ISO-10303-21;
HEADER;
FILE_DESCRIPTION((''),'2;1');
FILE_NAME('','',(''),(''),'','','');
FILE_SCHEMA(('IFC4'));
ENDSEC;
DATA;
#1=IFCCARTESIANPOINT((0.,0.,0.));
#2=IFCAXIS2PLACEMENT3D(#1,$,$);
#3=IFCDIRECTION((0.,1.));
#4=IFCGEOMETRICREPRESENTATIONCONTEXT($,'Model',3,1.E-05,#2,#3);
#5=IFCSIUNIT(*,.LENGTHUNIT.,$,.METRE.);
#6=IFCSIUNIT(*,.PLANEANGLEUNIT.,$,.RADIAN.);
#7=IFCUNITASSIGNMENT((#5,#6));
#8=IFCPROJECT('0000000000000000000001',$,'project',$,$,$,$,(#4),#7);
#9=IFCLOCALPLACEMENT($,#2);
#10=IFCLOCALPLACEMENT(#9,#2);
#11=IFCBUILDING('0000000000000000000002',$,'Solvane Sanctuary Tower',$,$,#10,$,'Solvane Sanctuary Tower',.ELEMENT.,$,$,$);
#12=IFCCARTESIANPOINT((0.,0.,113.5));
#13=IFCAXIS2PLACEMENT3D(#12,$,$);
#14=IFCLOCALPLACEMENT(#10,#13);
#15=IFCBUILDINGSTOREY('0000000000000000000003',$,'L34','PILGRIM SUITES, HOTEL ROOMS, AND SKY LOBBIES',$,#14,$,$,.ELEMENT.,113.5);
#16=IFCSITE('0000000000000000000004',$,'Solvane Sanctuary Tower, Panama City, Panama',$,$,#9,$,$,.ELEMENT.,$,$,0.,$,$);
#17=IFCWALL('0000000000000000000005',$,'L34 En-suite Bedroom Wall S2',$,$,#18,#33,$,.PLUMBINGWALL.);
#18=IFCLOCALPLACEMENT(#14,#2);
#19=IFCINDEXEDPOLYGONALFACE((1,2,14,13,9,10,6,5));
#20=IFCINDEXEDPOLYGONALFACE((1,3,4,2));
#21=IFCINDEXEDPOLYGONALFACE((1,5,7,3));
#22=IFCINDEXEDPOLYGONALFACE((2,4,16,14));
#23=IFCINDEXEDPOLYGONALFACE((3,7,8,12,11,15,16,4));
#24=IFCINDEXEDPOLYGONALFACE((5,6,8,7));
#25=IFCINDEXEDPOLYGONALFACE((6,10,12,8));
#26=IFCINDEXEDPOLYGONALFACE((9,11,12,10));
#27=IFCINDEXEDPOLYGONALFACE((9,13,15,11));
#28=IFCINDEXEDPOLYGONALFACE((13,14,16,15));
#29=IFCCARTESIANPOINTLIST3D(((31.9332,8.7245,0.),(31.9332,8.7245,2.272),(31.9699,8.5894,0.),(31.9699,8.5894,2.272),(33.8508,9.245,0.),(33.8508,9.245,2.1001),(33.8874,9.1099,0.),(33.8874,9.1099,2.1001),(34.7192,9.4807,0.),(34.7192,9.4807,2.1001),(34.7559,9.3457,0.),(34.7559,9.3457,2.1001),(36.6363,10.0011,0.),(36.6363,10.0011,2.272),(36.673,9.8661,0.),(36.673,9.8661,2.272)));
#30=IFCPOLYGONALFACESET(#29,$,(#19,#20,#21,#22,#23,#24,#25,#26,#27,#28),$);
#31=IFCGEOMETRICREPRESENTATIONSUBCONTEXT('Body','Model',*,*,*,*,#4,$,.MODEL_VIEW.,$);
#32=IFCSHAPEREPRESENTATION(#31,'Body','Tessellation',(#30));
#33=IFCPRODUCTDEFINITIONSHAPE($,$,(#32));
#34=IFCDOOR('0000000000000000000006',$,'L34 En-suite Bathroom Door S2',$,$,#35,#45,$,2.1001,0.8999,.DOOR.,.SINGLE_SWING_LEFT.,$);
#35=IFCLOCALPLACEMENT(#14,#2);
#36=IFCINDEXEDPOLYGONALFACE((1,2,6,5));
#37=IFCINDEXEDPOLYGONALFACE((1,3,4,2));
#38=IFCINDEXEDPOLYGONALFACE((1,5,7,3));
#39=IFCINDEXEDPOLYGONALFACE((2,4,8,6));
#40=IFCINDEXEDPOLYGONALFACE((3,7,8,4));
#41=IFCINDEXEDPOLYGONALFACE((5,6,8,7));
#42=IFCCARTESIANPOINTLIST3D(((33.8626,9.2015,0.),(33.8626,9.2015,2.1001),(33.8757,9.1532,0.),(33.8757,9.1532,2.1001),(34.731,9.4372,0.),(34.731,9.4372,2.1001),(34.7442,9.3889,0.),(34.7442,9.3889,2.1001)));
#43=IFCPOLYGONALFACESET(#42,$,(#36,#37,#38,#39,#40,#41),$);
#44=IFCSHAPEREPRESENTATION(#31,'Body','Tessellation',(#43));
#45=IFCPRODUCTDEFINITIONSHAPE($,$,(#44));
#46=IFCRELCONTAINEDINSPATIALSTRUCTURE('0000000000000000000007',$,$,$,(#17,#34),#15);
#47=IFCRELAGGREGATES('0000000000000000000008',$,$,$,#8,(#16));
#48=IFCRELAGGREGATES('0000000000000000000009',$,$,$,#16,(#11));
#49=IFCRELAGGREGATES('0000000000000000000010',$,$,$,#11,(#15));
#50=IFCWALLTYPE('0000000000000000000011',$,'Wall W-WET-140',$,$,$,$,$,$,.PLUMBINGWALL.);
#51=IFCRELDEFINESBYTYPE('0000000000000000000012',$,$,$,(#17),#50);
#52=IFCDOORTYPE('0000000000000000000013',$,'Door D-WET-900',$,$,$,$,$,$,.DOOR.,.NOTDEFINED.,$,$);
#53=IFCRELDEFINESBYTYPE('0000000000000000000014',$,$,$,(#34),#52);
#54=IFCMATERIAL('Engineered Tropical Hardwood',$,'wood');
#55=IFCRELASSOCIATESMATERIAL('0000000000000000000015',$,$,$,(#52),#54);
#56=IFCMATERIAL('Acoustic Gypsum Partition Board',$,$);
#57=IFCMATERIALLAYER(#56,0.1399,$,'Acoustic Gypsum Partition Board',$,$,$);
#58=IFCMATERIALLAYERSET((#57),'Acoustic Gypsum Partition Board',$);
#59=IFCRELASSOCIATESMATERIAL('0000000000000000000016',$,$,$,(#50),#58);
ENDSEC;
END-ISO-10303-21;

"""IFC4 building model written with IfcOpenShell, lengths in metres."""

from ifc_helpers import new_model, si_unit, direction, frame, frame_2d, origin, place, context, subcontext, project, spatial, rectangle, extrude, material, layer, layer_set, type_object, element, fill, save


model = new_model("IFC4")

# Units and contexts
model_context = context("Model", 3, precision=1e-05, world=origin(), true_north=direction((0.0, 1.0)))
body_context = subcontext(model_context, "Body", "Model", "MODEL_VIEW")
ifc_project = project(units=[si_unit("LENGTHUNIT", "METRE"), si_unit("PLANEANGLEUNIT", "RADIAN")], contexts=[model_context])

# Site, building, storey
site_placement = place(None, origin())
site = spatial("IfcSite", under=ifc_project, at=site_placement, Name="Solvane Sanctuary Tower, Panama City, Panama", CompositionType="ELEMENT", RefElevation=0.0)
building_placement = place(site_placement, origin())
building = spatial("IfcBuilding", under=site, at=building_placement, Name="Solvane Sanctuary Tower", LongName="Solvane Sanctuary Tower", CompositionType="ELEMENT")
storey_placement = place(building_placement, frame((0.0, 0.0, 113.5)))
storey = spatial("IfcBuildingStorey", under=building, at=storey_placement, Name="L34", Description="PILGRIM SUITES, HOTEL ROOMS, AND SKY LOBBIES", CompositionType="ELEMENT", Elevation=113.5)

# Shared definitions
ifc_material_1 = material(Name="Acoustic Gypsum Partition Board")

# Shared definitions
ifc_material_2 = material(Name="Engineered Tropical Hardwood", Category="wood")
door_type_1 = type_object("IfcDoorType", Name="Door D-WET-900", OperationType="NOTDEFINED", PredefinedType="DOOR", material=ifc_material_2)

# Shared definitions
ifc_layer_1 = layer(ifc_material_1, 0.1399, Name="Acoustic Gypsum Partition Board")
ifc_layer_set_1 = layer_set([ifc_layer_1], Name="Acoustic Gypsum Partition Board")
wall_type_1 = type_object("IfcWallType", Name="Wall W-WET-140", PredefinedType="PLUMBINGWALL", material=ifc_layer_set_1)

# Wall, opening, door
wall_1_placement = place(storey_placement, frame((31.9517, 8.657, 0.0), z_axis=(0.0, 0.0, 1.0), x_axis=(0.965079, 0.26196, 0.0)))
wall_1 = element("IfcWall", 1, at=wall_1_placement, inside=storey, type_object=wall_type_1, Name="L34 En-suite Bedroom Wall S2", PredefinedType="PLUMBINGWALL", context=body_context, shape_type="SweptSolid", body=[
    extrude(rectangle(XDim=4.8733, YDim=0.1399, at=frame_2d((2.4365, 0.0))), origin(), (0.0, 0.0, 1.0), 2.272),
])
opening_1_placement = place(wall_1_placement, frame((1.9868, 0.0, 0.0)))
opening_1 = element("IfcOpeningElement", 2, at=opening_1_placement, cuts=wall_1, PredefinedType="OPENING", context=body_context, shape_type="SweptSolid", body=[
    extrude(rectangle(XDim=0.8999, YDim=2.1001, at=frame_2d((0.45, 1.05))), frame((0.0, 0.0798, 0.0), z_axis=(0.0, -1.0, 0.0), x_axis=(1.0, 0.0, 0.0)), (0.0, 0.0, 1.0), 0.1599),
])
door_1_placement = place(opening_1_placement, origin())
door_1 = element("IfcDoor", 3, at=door_1_placement, inside=storey, type_object=door_type_1, Name="L34 En-suite Bathroom Door S2", OperationType="SINGLE_SWING_LEFT", OverallHeight=2.1001, OverallWidth=0.8999, PredefinedType="DOOR", context=body_context, shape_type="SweptSolid", body=[
    extrude(rectangle(XDim=0.8999, YDim=2.1001, at=frame_2d((0.45, 1.05))), frame((0.0, 0.0249, 0.0), z_axis=(0.0, -1.0, 0.0), x_axis=(1.0, 0.0, 0.0)), (0.0, 0.0, 1.0), 0.05),
])
fill(opening_1, door_1)

save(model, "model.ifc")
